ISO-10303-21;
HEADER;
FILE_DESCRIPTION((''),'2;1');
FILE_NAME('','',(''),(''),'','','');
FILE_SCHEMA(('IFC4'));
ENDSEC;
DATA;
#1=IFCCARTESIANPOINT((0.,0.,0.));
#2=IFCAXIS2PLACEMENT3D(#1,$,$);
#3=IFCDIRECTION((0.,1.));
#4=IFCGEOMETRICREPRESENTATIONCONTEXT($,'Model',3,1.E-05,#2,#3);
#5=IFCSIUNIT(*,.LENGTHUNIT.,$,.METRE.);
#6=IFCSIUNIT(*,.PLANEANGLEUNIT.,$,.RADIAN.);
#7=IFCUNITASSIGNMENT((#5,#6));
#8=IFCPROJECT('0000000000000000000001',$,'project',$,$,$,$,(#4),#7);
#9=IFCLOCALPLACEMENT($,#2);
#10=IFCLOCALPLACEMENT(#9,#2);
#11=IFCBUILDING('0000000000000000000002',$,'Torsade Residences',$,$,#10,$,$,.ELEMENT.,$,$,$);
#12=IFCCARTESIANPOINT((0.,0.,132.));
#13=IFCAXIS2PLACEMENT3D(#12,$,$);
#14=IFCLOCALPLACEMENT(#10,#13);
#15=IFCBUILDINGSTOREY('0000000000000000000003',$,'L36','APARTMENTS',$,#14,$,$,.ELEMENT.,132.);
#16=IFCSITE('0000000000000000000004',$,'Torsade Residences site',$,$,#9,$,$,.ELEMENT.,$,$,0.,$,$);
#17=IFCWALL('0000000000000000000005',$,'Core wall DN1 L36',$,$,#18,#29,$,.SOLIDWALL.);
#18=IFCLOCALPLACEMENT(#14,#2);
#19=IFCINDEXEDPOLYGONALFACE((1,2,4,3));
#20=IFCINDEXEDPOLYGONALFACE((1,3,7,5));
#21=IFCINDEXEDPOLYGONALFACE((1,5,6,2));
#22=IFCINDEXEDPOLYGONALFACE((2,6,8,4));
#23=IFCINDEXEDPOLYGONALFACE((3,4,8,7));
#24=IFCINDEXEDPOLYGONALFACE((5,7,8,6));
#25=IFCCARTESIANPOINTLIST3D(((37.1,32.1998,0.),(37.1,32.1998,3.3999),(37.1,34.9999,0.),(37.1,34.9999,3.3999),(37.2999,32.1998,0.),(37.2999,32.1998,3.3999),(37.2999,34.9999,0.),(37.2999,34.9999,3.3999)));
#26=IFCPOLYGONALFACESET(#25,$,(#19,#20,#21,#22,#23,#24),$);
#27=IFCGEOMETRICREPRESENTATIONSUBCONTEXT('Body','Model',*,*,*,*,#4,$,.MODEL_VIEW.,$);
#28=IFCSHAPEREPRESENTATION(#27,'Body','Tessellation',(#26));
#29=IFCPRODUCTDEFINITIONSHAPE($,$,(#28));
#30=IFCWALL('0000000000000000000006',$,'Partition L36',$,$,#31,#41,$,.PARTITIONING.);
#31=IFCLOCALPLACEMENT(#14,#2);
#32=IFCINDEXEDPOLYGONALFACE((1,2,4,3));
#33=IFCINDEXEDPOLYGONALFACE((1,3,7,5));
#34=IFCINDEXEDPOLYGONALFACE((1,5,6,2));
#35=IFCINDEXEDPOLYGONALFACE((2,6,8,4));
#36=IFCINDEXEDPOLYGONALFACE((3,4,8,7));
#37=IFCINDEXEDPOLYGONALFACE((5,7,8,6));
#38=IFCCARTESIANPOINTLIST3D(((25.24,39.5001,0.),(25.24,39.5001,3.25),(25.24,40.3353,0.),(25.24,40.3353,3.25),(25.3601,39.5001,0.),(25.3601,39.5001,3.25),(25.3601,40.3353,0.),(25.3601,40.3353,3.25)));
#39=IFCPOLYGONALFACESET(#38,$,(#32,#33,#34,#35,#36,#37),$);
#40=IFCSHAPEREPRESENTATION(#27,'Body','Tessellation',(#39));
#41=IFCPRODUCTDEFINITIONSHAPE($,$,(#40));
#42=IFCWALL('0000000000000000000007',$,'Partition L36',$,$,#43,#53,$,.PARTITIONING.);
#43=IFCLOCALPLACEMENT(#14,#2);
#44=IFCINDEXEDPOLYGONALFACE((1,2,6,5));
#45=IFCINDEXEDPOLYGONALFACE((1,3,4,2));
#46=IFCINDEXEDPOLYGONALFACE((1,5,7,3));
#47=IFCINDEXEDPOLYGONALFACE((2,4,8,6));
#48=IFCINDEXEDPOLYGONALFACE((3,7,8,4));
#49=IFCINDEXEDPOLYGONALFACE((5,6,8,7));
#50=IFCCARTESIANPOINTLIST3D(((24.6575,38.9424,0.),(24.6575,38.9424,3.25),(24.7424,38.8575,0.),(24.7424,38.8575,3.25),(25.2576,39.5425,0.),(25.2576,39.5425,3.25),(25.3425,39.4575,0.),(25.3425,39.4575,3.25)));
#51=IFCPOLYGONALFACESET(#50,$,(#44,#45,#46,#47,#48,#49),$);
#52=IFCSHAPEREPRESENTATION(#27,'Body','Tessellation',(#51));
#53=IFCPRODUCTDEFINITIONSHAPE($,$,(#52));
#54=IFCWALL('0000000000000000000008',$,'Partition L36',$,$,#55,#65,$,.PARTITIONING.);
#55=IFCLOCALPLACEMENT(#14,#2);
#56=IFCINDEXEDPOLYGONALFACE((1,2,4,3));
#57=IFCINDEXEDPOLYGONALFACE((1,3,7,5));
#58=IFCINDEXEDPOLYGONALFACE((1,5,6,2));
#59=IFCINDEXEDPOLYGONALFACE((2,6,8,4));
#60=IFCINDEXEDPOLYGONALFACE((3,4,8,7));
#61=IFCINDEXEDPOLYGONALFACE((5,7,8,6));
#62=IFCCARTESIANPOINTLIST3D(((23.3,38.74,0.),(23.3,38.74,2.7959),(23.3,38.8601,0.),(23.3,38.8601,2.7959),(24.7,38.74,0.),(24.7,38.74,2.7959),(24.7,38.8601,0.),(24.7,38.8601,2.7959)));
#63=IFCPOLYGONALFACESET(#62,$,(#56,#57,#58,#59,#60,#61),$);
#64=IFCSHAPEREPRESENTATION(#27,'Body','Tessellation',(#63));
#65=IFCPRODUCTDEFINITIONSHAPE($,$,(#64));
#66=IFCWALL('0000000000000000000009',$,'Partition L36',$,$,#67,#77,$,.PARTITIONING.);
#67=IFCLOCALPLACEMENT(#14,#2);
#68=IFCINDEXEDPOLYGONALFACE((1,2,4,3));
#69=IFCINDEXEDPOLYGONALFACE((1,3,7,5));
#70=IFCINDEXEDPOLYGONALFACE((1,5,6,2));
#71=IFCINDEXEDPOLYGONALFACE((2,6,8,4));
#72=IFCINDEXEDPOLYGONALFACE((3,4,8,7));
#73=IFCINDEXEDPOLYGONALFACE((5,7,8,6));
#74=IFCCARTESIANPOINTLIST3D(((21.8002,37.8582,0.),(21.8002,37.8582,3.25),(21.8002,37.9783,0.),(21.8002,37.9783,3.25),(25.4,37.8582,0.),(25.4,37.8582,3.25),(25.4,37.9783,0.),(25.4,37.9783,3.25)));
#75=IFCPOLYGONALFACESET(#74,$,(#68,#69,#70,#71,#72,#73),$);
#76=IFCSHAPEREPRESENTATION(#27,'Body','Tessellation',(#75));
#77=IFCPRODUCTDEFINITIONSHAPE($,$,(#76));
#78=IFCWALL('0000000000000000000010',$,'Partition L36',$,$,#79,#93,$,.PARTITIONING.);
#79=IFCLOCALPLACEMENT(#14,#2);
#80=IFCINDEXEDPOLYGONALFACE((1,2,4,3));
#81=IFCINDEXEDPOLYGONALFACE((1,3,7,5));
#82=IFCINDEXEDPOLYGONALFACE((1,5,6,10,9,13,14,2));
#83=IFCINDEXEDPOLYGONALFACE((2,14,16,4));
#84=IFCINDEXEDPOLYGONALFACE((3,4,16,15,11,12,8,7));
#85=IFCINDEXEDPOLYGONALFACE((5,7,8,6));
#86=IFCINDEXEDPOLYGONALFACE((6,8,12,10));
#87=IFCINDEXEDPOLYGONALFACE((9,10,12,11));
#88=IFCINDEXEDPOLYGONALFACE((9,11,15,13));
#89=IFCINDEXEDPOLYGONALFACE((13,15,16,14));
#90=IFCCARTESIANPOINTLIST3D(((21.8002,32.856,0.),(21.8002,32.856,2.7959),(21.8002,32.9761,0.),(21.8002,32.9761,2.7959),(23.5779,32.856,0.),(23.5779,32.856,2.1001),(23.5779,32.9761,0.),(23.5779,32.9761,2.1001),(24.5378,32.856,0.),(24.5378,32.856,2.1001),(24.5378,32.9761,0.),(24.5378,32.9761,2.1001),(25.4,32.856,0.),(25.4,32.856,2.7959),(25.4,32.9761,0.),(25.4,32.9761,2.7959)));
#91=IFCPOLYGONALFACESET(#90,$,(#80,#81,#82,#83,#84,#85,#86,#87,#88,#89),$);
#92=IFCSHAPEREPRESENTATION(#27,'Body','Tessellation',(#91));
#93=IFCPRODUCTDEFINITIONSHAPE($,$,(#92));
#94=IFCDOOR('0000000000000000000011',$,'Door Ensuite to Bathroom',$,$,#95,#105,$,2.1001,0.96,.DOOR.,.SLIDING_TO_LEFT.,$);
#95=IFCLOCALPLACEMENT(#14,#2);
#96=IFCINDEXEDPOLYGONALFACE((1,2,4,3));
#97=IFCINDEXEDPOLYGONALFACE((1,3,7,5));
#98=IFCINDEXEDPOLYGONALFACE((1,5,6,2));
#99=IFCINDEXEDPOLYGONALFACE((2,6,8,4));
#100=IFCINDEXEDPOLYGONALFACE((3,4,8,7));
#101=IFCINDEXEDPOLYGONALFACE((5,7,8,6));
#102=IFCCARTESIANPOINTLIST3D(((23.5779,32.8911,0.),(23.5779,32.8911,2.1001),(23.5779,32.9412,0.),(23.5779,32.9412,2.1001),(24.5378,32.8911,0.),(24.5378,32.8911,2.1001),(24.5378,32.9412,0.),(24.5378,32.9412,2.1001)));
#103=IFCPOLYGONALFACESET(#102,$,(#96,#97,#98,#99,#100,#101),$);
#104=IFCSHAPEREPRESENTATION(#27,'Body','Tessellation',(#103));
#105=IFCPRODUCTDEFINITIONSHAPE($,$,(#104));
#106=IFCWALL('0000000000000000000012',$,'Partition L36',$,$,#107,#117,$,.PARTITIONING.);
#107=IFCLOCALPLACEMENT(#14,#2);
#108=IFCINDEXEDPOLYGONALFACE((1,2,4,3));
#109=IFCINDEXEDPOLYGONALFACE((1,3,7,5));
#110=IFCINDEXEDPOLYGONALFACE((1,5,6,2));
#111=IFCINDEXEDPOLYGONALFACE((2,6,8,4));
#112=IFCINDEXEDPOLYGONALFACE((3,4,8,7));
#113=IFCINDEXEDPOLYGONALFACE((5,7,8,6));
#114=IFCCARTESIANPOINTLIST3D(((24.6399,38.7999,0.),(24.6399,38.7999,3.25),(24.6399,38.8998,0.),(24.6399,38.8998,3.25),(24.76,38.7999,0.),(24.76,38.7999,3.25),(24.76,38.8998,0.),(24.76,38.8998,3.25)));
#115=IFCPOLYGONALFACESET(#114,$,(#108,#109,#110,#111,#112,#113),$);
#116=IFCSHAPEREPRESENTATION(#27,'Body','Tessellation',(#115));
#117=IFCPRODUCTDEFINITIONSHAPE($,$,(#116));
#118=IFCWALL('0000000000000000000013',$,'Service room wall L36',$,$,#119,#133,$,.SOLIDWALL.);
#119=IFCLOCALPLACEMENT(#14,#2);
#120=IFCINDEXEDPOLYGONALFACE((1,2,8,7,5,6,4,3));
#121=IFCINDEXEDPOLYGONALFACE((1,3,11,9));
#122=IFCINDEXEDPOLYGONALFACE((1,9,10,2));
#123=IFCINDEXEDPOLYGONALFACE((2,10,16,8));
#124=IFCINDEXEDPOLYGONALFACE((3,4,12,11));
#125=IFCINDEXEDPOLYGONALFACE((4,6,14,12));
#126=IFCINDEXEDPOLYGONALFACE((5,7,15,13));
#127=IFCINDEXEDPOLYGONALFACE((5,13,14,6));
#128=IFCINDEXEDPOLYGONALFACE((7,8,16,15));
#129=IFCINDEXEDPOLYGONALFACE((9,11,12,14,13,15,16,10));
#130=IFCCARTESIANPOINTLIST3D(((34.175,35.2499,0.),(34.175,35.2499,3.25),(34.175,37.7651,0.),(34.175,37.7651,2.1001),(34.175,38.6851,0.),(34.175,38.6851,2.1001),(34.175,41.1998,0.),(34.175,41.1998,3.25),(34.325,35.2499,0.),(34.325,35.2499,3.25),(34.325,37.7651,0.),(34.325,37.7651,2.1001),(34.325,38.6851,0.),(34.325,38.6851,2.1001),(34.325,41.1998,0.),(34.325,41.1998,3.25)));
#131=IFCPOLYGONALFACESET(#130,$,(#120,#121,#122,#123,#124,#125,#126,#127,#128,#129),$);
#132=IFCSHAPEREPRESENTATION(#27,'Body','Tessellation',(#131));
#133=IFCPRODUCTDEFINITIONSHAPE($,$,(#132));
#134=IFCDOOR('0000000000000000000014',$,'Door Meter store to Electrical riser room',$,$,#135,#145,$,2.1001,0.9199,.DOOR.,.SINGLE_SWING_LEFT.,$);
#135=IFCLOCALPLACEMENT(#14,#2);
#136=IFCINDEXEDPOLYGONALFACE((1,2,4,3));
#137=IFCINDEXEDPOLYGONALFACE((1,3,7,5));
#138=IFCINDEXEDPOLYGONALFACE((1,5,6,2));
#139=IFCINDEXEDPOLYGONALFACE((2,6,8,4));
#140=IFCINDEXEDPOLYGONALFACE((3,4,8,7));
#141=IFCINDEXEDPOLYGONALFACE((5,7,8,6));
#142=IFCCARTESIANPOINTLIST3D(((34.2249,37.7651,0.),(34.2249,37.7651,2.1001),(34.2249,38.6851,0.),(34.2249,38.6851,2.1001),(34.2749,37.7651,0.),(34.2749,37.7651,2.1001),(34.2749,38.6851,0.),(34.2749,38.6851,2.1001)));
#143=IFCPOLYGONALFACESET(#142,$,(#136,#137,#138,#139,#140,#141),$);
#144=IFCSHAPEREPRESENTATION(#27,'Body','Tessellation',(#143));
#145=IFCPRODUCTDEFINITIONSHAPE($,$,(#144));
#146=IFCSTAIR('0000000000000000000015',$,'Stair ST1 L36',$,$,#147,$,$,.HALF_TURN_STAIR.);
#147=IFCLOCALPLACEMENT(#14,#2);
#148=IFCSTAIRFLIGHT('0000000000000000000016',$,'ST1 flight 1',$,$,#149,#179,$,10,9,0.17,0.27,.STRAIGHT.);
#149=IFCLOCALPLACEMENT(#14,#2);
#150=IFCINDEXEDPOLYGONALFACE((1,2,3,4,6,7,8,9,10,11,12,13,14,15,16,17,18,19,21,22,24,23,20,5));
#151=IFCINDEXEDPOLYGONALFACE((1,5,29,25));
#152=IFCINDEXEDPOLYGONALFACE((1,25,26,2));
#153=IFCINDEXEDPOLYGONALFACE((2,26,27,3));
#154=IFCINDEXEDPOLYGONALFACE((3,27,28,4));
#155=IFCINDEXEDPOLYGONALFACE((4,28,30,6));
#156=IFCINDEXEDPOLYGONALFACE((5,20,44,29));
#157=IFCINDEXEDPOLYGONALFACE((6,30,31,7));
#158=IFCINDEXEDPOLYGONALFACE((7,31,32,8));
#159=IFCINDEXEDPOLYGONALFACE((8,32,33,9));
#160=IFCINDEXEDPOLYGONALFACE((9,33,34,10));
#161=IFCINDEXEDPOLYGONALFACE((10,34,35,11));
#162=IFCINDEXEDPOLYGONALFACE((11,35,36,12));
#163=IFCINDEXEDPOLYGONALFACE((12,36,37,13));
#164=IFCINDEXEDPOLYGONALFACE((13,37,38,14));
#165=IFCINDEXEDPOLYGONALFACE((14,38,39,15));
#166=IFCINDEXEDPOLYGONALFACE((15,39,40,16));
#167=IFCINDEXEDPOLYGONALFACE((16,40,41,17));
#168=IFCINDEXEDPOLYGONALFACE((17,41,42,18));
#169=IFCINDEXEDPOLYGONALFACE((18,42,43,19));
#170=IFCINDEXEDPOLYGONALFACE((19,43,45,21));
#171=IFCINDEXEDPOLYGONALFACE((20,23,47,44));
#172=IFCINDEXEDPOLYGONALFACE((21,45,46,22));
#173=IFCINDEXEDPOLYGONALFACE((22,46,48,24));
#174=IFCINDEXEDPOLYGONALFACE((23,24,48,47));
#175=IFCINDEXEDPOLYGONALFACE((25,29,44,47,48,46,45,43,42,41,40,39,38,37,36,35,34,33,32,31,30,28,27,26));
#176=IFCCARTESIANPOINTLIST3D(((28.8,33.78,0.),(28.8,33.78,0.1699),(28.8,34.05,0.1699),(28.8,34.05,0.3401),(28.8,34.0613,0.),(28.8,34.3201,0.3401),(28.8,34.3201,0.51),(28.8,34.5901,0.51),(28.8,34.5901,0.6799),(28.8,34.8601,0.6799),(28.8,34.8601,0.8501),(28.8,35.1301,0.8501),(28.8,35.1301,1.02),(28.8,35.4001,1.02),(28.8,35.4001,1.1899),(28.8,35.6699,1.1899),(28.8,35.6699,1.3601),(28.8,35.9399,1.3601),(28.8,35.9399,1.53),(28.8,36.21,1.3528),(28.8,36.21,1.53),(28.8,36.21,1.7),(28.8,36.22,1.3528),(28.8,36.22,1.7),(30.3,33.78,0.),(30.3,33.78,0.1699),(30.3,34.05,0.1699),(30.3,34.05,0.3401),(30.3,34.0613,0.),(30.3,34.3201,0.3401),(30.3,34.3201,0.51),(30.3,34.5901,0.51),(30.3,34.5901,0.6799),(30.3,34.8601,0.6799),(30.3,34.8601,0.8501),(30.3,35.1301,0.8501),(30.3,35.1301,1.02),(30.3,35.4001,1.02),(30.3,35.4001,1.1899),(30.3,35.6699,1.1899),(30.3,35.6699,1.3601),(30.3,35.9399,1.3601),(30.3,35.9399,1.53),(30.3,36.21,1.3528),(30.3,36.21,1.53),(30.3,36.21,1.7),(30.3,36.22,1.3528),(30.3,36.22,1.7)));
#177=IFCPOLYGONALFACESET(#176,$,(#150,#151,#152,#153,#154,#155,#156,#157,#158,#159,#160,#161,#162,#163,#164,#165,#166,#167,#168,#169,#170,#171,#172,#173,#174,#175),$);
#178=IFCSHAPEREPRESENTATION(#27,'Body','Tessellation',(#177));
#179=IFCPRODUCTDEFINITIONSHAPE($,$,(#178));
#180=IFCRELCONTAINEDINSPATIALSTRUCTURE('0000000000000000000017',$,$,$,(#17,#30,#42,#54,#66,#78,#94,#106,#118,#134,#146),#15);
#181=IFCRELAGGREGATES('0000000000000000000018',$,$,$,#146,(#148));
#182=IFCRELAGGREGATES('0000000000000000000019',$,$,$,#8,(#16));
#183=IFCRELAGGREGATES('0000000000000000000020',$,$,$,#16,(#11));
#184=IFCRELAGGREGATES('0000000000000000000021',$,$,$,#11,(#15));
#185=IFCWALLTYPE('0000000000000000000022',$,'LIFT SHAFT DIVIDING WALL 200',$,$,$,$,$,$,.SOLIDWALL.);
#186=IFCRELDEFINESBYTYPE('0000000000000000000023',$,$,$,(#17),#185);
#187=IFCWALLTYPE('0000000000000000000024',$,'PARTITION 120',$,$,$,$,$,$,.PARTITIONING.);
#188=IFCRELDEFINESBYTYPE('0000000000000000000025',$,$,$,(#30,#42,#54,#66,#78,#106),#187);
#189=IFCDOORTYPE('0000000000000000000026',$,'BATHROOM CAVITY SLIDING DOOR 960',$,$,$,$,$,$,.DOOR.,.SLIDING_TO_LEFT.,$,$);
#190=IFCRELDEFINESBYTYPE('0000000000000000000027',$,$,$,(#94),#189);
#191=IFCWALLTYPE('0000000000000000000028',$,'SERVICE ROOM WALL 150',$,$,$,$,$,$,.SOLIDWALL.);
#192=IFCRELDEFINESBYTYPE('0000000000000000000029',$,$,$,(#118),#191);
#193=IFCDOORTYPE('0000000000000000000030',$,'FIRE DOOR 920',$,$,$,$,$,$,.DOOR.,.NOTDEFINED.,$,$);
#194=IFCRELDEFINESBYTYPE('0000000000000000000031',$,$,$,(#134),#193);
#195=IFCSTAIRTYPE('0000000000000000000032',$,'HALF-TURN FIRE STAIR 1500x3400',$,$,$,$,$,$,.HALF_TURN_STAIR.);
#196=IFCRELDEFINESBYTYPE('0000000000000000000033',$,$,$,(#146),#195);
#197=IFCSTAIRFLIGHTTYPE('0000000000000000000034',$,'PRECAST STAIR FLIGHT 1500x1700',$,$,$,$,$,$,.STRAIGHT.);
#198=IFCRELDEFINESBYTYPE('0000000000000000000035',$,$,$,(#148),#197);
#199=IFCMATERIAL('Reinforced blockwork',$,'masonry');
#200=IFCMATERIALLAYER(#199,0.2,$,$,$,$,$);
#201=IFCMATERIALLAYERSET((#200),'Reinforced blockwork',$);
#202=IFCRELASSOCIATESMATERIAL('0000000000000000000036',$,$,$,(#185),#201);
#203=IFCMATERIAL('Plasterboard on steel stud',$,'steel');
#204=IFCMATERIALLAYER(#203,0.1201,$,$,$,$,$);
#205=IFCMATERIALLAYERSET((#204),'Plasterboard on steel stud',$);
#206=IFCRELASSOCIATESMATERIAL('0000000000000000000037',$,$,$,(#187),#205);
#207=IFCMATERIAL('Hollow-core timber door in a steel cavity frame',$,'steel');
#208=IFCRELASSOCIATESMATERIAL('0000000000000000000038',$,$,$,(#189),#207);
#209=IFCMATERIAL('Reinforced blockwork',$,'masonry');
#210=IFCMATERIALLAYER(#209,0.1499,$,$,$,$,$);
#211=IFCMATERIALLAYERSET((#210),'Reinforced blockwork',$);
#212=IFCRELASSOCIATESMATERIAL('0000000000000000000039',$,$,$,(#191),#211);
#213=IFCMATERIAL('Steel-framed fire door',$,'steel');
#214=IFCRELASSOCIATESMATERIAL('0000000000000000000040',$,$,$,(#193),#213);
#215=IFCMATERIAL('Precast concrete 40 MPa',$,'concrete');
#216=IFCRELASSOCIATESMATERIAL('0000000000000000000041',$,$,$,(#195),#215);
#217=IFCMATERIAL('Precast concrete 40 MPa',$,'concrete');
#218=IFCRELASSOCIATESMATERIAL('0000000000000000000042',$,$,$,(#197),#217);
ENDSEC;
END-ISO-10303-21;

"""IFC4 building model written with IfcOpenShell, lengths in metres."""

from ifc_helpers import new_model, si_unit, direction, frame, frame_2d, origin, place, context, subcontext, project, spatial, polyline, rectangle, outline, extrude, material, layer, layer_set, type_object, element, fill, aggregate, save


model = new_model("IFC4")

# Units and contexts
model_context = context("Model", 3, precision=1e-05, world=origin(), true_north=direction((0.0, 1.0)))
body_context = subcontext(model_context, "Body", "Model", "MODEL_VIEW")
ifc_project = project(units=[si_unit("LENGTHUNIT", "METRE"), si_unit("PLANEANGLEUNIT", "RADIAN")], contexts=[model_context])

# Site, building, storey
site_placement = place(None, origin())
site = spatial("IfcSite", under=ifc_project, at=site_placement, Name="Torsade Residences site", CompositionType="ELEMENT", RefElevation=0.0)
building_placement = place(site_placement, origin())
building = spatial("IfcBuilding", under=site, at=building_placement, Name="Torsade Residences", CompositionType="ELEMENT")
storey_placement = place(building_placement, frame((0.0, 0.0, 132.0)))
storey = spatial("IfcBuildingStorey", under=building, at=storey_placement, Name="L36", Description="APARTMENTS", CompositionType="ELEMENT", Elevation=132.0)

# Walls
ifc_material_1 = material(Name="Reinforced blockwork", Category="masonry")
ifc_layer_1 = layer(ifc_material_1, 0.2)
ifc_layer_set_1 = layer_set([ifc_layer_1], Name="Reinforced blockwork")
wall_type_1 = type_object("IfcWallType", Name="LIFT SHAFT DIVIDING WALL 200", PredefinedType="SOLIDWALL", material=ifc_layer_set_1)
wall_1_placement = place(storey_placement, frame((37.2, 32.2, 0.0), z_axis=(0.0, 0.0, 1.0), x_axis=(0.0, 1.0, 0.0)))
element("IfcWall", 1, at=wall_1_placement, inside=storey, type_object=wall_type_1, Name="Core wall DN1 L36", PredefinedType="SOLIDWALL", context=body_context, shape_type="SweptSolid", body=[
    extrude(rectangle(XDim=2.8, YDim=0.2, at=frame_2d((1.3999, 0.0))), origin(), (0.0, 0.0, 1.0), 3.3999),
])
ifc_material_2 = material(Name="Plasterboard on steel stud", Category="steel")
ifc_layer_2 = layer(ifc_material_2, 0.1201)
ifc_layer_set_2 = layer_set([ifc_layer_2], Name="Plasterboard on steel stud")
wall_type_2 = type_object("IfcWallType", Name="PARTITION 120", PredefinedType="PARTITIONING", material=ifc_layer_set_2)
wall_2_placement = place(storey_placement, frame((25.3, 40.3352, 0.0), z_axis=(0.0, 0.0, 1.0), x_axis=(0.0, -1.0, 0.0)))
element("IfcWall", 2, at=wall_2_placement, inside=storey, type_object=wall_type_2, Name="Partition L36", PredefinedType="PARTITIONING", context=body_context, shape_type="SweptSolid", body=[
    extrude(rectangle(XDim=0.8352, YDim=0.1201, at=frame_2d((0.4175, 0.0))), origin(), (0.0, 0.0, 1.0), 3.25),
])
wall_3_placement = place(storey_placement, frame((25.3, 39.5, 0.0), z_axis=(0.0, 0.0, 1.0), x_axis=(-0.707107, -0.707107, 0.0)))
element("IfcWall", 3, at=wall_3_placement, inside=storey, type_object=wall_type_2, Name="Partition L36", PredefinedType="PARTITIONING", context=body_context, shape_type="SweptSolid", body=[
    extrude(rectangle(XDim=0.8486, YDim=0.1201, at=frame_2d((0.4243, 0.0))), origin(), (0.0, 0.0, 1.0), 3.25),
])
wall_4_placement = place(storey_placement, frame((24.7, 38.8, 0.0), z_axis=(0.0, 0.0, 1.0), x_axis=(-1.0, 0.0, 0.0)))
element("IfcWall", 4, at=wall_4_placement, inside=storey, type_object=wall_type_2, Name="Partition L36", PredefinedType="PARTITIONING", context=body_context, shape_type="SweptSolid", body=[
    extrude(rectangle(XDim=1.3999, YDim=0.1201, at=frame_2d((0.7, 0.0))), origin(), (0.0, 0.0, 1.0), 2.7959),
])
wall_5_placement = place(storey_placement, frame((25.3999, 37.9182, 0.0), z_axis=(0.0, 0.0, 1.0), x_axis=(-1.0, 0.0, 0.0)))
element("IfcWall", 5, at=wall_5_placement, inside=storey, type_object=wall_type_2, Name="Partition L36", PredefinedType="PARTITIONING", context=body_context, shape_type="SweptSolid", body=[
    extrude(rectangle(XDim=3.5999, YDim=0.1201, at=frame_2d((1.7998, 0.0))), origin(), (0.0, 0.0, 1.0), 3.25),
])

# Wall, opening, door
wall_6_placement = place(storey_placement, frame((25.3999, 32.916, 0.0), z_axis=(0.0, 0.0, 1.0), x_axis=(-1.0, 0.0, 0.0)))
wall_6 = element("IfcWall", 6, at=wall_6_placement, inside=storey, type_object=wall_type_2, Name="Partition L36", PredefinedType="PARTITIONING", context=body_context, shape_type="SweptSolid", body=[
    extrude(rectangle(XDim=3.5999, YDim=0.1201, at=frame_2d((1.7998, 0.0))), origin(), (0.0, 0.0, 1.0), 2.7959),
])
opening_1_placement = place(wall_6_placement, frame((0.8621, 0.0, 0.0)))
opening_1 = element("IfcOpeningElement", 7, at=opening_1_placement, cuts=wall_6, PredefinedType="OPENING", context=body_context, shape_type="SweptSolid", body=[
    extrude(rectangle(XDim=0.96, YDim=2.1001, at=frame_2d((0.48, 1.05))), frame((0.0, 0.0701, 0.0), z_axis=(0.0, -1.0, 0.0), x_axis=(1.0, 0.0, 0.0)), (0.0, 0.0, 1.0), 0.1401),
])
ifc_material_3 = material(Name="Hollow-core timber door in a steel cavity frame", Category="steel")
door_type_1 = type_object("IfcDoorType", Name="BATHROOM CAVITY SLIDING DOOR 960", OperationType="SLIDING_TO_LEFT", PredefinedType="DOOR", material=ifc_material_3)
door_1_placement = place(opening_1_placement, origin())
door_1 = element("IfcDoor", 8, at=door_1_placement, inside=storey, type_object=door_type_1, Name="Door Ensuite to Bathroom", OperationType="SLIDING_TO_LEFT", OverallHeight=2.1001, OverallWidth=0.96, PredefinedType="DOOR", context=body_context, shape_type="SweptSolid", body=[
    extrude(rectangle(XDim=0.96, YDim=2.1001, at=frame_2d((0.48, 1.05))), frame((0.0, 0.0249, 0.0), z_axis=(0.0, -1.0, 0.0), x_axis=(1.0, 0.0, 0.0)), (0.0, 0.0, 1.0), 0.05),
])
fill(opening_1, door_1)

# Wall
wall_7_placement = place(storey_placement, frame((24.7, 38.8, 0.0), z_axis=(0.0, 0.0, 1.0), x_axis=(0.0, 1.0, 0.0)))
element("IfcWall", 9, at=wall_7_placement, inside=storey, type_object=wall_type_2, Name="Partition L36", PredefinedType="PARTITIONING", context=body_context, shape_type="SweptSolid", body=[
    extrude(rectangle(XDim=0.0999, YDim=0.1201, at=frame_2d((0.0498, 0.0))), origin(), (0.0, 0.0, 1.0), 3.25),
])

# Wall, opening, door
ifc_material_4 = material(Name="Reinforced blockwork", Category="masonry")
ifc_layer_3 = layer(ifc_material_4, 0.1499)
ifc_layer_set_3 = layer_set([ifc_layer_3], Name="Reinforced blockwork")
wall_type_3 = type_object("IfcWallType", Name="SERVICE ROOM WALL 150", PredefinedType="SOLIDWALL", material=ifc_layer_set_3)
wall_8_placement = place(storey_placement, frame((34.25, 41.2, 0.0), z_axis=(0.0, 0.0, 1.0), x_axis=(0.0, -1.0, 0.0)))
wall_8 = element("IfcWall", 10, at=wall_8_placement, inside=storey, type_object=wall_type_3, Name="Service room wall L36", PredefinedType="SOLIDWALL", context=body_context, shape_type="SweptSolid", body=[
    extrude(rectangle(XDim=5.95, YDim=0.1499, at=frame_2d((2.9751, 0.0))), origin(), (0.0, 0.0, 1.0), 3.25),
])
opening_2_placement = place(wall_8_placement, frame((2.5149, 0.0, 0.0)))
opening_2 = element("IfcOpeningElement", 11, at=opening_2_placement, cuts=wall_8, PredefinedType="OPENING", context=body_context, shape_type="SweptSolid", body=[
    extrude(rectangle(XDim=0.9199, YDim=2.1001, at=frame_2d((0.46, 1.05))), frame((0.0, 0.085, 0.0), z_axis=(0.0, -1.0, 0.0), x_axis=(1.0, 0.0, 0.0)), (0.0, 0.0, 1.0), 0.1699),
])
ifc_material_5 = material(Name="Steel-framed fire door", Category="steel")
door_type_2 = type_object("IfcDoorType", Name="FIRE DOOR 920", OperationType="NOTDEFINED", PredefinedType="DOOR", material=ifc_material_5)
door_2_placement = place(opening_2_placement, origin())
door_2 = element("IfcDoor", 12, at=door_2_placement, inside=storey, type_object=door_type_2, Name="Door Meter store to Electrical riser room", OperationType="SINGLE_SWING_LEFT", OverallHeight=2.1001, OverallWidth=0.9199, PredefinedType="DOOR", context=body_context, shape_type="SweptSolid", body=[
    extrude(rectangle(XDim=0.9199, YDim=2.1001, at=frame_2d((0.46, 1.05))), frame((0.0, 0.0249, 0.0), z_axis=(0.0, -1.0, 0.0), x_axis=(1.0, 0.0, 0.0)), (0.0, 0.0, 1.0), 0.05),
])
fill(opening_2, door_2)

# Stair, stair flight
ifc_material_6 = material(Name="Precast concrete 40 MPa", Category="concrete")
stair_type = type_object("IfcStairType", Name="HALF-TURN FIRE STAIR 1500x3400", PredefinedType="HALF_TURN_STAIR", material=ifc_material_6)
stair_placement = place(storey_placement, origin())
stair = element("IfcStair", 13, at=stair_placement, inside=storey, type_object=stair_type, Name="Stair ST1 L36", PredefinedType="HALF_TURN_STAIR")
ifc_material_7 = material(Name="Precast concrete 40 MPa", Category="concrete")
stair_flight_type = type_object("IfcStairFlightType", Name="PRECAST STAIR FLIGHT 1500x1700", PredefinedType="STRAIGHT", material=ifc_material_7)
stair_flight_1_placement = place(storey_placement, frame((29.55, 33.78, 0.0), z_axis=(0.0, 0.0, 1.0), x_axis=(0.0, 1.0, 0.0)))
stair_flight_1 = element("IfcStairFlight", 14, at=stair_flight_1_placement, type_object=stair_flight_type, Name="ST1 flight 1", NumberOfRisers=10, NumberOfTreads=9, PredefinedType="STRAIGHT", RiserHeight=0.17, TreadLength=0.27, context=body_context, shape_type="SweptSolid", body=[
    extrude(outline(polyline([(0.0, 0.0), (0.0, 0.1699), (0.27, 0.1699), (0.27, 0.3401), (0.54, 0.3401), (0.54, 0.51), (0.8101, 0.51), (0.8101, 0.6799), (1.0801, 0.6799), (1.0801, 0.8501), (1.3501, 0.8501), (1.3501, 1.02), (1.6201, 1.02), (1.6201, 1.1899), (1.8899, 1.1899), (1.8899, 1.3601), (2.1599, 1.3601), (2.1599, 1.53), (2.4299, 1.53), (2.4299, 1.7), (2.4399, 1.7), (2.4399, 1.3528), (2.4299, 1.3528), (0.2812, 0.0), (0.0, 0.0)])), frame((0.0, 0.75, 0.0), z_axis=(0.0, -1.0, 0.0), x_axis=(1.0, 0.0, 0.0)), (0.0, 0.0, 1.0), 1.5),
])
aggregate(stair, [stair_flight_1])

save(model, "model.ifc")
